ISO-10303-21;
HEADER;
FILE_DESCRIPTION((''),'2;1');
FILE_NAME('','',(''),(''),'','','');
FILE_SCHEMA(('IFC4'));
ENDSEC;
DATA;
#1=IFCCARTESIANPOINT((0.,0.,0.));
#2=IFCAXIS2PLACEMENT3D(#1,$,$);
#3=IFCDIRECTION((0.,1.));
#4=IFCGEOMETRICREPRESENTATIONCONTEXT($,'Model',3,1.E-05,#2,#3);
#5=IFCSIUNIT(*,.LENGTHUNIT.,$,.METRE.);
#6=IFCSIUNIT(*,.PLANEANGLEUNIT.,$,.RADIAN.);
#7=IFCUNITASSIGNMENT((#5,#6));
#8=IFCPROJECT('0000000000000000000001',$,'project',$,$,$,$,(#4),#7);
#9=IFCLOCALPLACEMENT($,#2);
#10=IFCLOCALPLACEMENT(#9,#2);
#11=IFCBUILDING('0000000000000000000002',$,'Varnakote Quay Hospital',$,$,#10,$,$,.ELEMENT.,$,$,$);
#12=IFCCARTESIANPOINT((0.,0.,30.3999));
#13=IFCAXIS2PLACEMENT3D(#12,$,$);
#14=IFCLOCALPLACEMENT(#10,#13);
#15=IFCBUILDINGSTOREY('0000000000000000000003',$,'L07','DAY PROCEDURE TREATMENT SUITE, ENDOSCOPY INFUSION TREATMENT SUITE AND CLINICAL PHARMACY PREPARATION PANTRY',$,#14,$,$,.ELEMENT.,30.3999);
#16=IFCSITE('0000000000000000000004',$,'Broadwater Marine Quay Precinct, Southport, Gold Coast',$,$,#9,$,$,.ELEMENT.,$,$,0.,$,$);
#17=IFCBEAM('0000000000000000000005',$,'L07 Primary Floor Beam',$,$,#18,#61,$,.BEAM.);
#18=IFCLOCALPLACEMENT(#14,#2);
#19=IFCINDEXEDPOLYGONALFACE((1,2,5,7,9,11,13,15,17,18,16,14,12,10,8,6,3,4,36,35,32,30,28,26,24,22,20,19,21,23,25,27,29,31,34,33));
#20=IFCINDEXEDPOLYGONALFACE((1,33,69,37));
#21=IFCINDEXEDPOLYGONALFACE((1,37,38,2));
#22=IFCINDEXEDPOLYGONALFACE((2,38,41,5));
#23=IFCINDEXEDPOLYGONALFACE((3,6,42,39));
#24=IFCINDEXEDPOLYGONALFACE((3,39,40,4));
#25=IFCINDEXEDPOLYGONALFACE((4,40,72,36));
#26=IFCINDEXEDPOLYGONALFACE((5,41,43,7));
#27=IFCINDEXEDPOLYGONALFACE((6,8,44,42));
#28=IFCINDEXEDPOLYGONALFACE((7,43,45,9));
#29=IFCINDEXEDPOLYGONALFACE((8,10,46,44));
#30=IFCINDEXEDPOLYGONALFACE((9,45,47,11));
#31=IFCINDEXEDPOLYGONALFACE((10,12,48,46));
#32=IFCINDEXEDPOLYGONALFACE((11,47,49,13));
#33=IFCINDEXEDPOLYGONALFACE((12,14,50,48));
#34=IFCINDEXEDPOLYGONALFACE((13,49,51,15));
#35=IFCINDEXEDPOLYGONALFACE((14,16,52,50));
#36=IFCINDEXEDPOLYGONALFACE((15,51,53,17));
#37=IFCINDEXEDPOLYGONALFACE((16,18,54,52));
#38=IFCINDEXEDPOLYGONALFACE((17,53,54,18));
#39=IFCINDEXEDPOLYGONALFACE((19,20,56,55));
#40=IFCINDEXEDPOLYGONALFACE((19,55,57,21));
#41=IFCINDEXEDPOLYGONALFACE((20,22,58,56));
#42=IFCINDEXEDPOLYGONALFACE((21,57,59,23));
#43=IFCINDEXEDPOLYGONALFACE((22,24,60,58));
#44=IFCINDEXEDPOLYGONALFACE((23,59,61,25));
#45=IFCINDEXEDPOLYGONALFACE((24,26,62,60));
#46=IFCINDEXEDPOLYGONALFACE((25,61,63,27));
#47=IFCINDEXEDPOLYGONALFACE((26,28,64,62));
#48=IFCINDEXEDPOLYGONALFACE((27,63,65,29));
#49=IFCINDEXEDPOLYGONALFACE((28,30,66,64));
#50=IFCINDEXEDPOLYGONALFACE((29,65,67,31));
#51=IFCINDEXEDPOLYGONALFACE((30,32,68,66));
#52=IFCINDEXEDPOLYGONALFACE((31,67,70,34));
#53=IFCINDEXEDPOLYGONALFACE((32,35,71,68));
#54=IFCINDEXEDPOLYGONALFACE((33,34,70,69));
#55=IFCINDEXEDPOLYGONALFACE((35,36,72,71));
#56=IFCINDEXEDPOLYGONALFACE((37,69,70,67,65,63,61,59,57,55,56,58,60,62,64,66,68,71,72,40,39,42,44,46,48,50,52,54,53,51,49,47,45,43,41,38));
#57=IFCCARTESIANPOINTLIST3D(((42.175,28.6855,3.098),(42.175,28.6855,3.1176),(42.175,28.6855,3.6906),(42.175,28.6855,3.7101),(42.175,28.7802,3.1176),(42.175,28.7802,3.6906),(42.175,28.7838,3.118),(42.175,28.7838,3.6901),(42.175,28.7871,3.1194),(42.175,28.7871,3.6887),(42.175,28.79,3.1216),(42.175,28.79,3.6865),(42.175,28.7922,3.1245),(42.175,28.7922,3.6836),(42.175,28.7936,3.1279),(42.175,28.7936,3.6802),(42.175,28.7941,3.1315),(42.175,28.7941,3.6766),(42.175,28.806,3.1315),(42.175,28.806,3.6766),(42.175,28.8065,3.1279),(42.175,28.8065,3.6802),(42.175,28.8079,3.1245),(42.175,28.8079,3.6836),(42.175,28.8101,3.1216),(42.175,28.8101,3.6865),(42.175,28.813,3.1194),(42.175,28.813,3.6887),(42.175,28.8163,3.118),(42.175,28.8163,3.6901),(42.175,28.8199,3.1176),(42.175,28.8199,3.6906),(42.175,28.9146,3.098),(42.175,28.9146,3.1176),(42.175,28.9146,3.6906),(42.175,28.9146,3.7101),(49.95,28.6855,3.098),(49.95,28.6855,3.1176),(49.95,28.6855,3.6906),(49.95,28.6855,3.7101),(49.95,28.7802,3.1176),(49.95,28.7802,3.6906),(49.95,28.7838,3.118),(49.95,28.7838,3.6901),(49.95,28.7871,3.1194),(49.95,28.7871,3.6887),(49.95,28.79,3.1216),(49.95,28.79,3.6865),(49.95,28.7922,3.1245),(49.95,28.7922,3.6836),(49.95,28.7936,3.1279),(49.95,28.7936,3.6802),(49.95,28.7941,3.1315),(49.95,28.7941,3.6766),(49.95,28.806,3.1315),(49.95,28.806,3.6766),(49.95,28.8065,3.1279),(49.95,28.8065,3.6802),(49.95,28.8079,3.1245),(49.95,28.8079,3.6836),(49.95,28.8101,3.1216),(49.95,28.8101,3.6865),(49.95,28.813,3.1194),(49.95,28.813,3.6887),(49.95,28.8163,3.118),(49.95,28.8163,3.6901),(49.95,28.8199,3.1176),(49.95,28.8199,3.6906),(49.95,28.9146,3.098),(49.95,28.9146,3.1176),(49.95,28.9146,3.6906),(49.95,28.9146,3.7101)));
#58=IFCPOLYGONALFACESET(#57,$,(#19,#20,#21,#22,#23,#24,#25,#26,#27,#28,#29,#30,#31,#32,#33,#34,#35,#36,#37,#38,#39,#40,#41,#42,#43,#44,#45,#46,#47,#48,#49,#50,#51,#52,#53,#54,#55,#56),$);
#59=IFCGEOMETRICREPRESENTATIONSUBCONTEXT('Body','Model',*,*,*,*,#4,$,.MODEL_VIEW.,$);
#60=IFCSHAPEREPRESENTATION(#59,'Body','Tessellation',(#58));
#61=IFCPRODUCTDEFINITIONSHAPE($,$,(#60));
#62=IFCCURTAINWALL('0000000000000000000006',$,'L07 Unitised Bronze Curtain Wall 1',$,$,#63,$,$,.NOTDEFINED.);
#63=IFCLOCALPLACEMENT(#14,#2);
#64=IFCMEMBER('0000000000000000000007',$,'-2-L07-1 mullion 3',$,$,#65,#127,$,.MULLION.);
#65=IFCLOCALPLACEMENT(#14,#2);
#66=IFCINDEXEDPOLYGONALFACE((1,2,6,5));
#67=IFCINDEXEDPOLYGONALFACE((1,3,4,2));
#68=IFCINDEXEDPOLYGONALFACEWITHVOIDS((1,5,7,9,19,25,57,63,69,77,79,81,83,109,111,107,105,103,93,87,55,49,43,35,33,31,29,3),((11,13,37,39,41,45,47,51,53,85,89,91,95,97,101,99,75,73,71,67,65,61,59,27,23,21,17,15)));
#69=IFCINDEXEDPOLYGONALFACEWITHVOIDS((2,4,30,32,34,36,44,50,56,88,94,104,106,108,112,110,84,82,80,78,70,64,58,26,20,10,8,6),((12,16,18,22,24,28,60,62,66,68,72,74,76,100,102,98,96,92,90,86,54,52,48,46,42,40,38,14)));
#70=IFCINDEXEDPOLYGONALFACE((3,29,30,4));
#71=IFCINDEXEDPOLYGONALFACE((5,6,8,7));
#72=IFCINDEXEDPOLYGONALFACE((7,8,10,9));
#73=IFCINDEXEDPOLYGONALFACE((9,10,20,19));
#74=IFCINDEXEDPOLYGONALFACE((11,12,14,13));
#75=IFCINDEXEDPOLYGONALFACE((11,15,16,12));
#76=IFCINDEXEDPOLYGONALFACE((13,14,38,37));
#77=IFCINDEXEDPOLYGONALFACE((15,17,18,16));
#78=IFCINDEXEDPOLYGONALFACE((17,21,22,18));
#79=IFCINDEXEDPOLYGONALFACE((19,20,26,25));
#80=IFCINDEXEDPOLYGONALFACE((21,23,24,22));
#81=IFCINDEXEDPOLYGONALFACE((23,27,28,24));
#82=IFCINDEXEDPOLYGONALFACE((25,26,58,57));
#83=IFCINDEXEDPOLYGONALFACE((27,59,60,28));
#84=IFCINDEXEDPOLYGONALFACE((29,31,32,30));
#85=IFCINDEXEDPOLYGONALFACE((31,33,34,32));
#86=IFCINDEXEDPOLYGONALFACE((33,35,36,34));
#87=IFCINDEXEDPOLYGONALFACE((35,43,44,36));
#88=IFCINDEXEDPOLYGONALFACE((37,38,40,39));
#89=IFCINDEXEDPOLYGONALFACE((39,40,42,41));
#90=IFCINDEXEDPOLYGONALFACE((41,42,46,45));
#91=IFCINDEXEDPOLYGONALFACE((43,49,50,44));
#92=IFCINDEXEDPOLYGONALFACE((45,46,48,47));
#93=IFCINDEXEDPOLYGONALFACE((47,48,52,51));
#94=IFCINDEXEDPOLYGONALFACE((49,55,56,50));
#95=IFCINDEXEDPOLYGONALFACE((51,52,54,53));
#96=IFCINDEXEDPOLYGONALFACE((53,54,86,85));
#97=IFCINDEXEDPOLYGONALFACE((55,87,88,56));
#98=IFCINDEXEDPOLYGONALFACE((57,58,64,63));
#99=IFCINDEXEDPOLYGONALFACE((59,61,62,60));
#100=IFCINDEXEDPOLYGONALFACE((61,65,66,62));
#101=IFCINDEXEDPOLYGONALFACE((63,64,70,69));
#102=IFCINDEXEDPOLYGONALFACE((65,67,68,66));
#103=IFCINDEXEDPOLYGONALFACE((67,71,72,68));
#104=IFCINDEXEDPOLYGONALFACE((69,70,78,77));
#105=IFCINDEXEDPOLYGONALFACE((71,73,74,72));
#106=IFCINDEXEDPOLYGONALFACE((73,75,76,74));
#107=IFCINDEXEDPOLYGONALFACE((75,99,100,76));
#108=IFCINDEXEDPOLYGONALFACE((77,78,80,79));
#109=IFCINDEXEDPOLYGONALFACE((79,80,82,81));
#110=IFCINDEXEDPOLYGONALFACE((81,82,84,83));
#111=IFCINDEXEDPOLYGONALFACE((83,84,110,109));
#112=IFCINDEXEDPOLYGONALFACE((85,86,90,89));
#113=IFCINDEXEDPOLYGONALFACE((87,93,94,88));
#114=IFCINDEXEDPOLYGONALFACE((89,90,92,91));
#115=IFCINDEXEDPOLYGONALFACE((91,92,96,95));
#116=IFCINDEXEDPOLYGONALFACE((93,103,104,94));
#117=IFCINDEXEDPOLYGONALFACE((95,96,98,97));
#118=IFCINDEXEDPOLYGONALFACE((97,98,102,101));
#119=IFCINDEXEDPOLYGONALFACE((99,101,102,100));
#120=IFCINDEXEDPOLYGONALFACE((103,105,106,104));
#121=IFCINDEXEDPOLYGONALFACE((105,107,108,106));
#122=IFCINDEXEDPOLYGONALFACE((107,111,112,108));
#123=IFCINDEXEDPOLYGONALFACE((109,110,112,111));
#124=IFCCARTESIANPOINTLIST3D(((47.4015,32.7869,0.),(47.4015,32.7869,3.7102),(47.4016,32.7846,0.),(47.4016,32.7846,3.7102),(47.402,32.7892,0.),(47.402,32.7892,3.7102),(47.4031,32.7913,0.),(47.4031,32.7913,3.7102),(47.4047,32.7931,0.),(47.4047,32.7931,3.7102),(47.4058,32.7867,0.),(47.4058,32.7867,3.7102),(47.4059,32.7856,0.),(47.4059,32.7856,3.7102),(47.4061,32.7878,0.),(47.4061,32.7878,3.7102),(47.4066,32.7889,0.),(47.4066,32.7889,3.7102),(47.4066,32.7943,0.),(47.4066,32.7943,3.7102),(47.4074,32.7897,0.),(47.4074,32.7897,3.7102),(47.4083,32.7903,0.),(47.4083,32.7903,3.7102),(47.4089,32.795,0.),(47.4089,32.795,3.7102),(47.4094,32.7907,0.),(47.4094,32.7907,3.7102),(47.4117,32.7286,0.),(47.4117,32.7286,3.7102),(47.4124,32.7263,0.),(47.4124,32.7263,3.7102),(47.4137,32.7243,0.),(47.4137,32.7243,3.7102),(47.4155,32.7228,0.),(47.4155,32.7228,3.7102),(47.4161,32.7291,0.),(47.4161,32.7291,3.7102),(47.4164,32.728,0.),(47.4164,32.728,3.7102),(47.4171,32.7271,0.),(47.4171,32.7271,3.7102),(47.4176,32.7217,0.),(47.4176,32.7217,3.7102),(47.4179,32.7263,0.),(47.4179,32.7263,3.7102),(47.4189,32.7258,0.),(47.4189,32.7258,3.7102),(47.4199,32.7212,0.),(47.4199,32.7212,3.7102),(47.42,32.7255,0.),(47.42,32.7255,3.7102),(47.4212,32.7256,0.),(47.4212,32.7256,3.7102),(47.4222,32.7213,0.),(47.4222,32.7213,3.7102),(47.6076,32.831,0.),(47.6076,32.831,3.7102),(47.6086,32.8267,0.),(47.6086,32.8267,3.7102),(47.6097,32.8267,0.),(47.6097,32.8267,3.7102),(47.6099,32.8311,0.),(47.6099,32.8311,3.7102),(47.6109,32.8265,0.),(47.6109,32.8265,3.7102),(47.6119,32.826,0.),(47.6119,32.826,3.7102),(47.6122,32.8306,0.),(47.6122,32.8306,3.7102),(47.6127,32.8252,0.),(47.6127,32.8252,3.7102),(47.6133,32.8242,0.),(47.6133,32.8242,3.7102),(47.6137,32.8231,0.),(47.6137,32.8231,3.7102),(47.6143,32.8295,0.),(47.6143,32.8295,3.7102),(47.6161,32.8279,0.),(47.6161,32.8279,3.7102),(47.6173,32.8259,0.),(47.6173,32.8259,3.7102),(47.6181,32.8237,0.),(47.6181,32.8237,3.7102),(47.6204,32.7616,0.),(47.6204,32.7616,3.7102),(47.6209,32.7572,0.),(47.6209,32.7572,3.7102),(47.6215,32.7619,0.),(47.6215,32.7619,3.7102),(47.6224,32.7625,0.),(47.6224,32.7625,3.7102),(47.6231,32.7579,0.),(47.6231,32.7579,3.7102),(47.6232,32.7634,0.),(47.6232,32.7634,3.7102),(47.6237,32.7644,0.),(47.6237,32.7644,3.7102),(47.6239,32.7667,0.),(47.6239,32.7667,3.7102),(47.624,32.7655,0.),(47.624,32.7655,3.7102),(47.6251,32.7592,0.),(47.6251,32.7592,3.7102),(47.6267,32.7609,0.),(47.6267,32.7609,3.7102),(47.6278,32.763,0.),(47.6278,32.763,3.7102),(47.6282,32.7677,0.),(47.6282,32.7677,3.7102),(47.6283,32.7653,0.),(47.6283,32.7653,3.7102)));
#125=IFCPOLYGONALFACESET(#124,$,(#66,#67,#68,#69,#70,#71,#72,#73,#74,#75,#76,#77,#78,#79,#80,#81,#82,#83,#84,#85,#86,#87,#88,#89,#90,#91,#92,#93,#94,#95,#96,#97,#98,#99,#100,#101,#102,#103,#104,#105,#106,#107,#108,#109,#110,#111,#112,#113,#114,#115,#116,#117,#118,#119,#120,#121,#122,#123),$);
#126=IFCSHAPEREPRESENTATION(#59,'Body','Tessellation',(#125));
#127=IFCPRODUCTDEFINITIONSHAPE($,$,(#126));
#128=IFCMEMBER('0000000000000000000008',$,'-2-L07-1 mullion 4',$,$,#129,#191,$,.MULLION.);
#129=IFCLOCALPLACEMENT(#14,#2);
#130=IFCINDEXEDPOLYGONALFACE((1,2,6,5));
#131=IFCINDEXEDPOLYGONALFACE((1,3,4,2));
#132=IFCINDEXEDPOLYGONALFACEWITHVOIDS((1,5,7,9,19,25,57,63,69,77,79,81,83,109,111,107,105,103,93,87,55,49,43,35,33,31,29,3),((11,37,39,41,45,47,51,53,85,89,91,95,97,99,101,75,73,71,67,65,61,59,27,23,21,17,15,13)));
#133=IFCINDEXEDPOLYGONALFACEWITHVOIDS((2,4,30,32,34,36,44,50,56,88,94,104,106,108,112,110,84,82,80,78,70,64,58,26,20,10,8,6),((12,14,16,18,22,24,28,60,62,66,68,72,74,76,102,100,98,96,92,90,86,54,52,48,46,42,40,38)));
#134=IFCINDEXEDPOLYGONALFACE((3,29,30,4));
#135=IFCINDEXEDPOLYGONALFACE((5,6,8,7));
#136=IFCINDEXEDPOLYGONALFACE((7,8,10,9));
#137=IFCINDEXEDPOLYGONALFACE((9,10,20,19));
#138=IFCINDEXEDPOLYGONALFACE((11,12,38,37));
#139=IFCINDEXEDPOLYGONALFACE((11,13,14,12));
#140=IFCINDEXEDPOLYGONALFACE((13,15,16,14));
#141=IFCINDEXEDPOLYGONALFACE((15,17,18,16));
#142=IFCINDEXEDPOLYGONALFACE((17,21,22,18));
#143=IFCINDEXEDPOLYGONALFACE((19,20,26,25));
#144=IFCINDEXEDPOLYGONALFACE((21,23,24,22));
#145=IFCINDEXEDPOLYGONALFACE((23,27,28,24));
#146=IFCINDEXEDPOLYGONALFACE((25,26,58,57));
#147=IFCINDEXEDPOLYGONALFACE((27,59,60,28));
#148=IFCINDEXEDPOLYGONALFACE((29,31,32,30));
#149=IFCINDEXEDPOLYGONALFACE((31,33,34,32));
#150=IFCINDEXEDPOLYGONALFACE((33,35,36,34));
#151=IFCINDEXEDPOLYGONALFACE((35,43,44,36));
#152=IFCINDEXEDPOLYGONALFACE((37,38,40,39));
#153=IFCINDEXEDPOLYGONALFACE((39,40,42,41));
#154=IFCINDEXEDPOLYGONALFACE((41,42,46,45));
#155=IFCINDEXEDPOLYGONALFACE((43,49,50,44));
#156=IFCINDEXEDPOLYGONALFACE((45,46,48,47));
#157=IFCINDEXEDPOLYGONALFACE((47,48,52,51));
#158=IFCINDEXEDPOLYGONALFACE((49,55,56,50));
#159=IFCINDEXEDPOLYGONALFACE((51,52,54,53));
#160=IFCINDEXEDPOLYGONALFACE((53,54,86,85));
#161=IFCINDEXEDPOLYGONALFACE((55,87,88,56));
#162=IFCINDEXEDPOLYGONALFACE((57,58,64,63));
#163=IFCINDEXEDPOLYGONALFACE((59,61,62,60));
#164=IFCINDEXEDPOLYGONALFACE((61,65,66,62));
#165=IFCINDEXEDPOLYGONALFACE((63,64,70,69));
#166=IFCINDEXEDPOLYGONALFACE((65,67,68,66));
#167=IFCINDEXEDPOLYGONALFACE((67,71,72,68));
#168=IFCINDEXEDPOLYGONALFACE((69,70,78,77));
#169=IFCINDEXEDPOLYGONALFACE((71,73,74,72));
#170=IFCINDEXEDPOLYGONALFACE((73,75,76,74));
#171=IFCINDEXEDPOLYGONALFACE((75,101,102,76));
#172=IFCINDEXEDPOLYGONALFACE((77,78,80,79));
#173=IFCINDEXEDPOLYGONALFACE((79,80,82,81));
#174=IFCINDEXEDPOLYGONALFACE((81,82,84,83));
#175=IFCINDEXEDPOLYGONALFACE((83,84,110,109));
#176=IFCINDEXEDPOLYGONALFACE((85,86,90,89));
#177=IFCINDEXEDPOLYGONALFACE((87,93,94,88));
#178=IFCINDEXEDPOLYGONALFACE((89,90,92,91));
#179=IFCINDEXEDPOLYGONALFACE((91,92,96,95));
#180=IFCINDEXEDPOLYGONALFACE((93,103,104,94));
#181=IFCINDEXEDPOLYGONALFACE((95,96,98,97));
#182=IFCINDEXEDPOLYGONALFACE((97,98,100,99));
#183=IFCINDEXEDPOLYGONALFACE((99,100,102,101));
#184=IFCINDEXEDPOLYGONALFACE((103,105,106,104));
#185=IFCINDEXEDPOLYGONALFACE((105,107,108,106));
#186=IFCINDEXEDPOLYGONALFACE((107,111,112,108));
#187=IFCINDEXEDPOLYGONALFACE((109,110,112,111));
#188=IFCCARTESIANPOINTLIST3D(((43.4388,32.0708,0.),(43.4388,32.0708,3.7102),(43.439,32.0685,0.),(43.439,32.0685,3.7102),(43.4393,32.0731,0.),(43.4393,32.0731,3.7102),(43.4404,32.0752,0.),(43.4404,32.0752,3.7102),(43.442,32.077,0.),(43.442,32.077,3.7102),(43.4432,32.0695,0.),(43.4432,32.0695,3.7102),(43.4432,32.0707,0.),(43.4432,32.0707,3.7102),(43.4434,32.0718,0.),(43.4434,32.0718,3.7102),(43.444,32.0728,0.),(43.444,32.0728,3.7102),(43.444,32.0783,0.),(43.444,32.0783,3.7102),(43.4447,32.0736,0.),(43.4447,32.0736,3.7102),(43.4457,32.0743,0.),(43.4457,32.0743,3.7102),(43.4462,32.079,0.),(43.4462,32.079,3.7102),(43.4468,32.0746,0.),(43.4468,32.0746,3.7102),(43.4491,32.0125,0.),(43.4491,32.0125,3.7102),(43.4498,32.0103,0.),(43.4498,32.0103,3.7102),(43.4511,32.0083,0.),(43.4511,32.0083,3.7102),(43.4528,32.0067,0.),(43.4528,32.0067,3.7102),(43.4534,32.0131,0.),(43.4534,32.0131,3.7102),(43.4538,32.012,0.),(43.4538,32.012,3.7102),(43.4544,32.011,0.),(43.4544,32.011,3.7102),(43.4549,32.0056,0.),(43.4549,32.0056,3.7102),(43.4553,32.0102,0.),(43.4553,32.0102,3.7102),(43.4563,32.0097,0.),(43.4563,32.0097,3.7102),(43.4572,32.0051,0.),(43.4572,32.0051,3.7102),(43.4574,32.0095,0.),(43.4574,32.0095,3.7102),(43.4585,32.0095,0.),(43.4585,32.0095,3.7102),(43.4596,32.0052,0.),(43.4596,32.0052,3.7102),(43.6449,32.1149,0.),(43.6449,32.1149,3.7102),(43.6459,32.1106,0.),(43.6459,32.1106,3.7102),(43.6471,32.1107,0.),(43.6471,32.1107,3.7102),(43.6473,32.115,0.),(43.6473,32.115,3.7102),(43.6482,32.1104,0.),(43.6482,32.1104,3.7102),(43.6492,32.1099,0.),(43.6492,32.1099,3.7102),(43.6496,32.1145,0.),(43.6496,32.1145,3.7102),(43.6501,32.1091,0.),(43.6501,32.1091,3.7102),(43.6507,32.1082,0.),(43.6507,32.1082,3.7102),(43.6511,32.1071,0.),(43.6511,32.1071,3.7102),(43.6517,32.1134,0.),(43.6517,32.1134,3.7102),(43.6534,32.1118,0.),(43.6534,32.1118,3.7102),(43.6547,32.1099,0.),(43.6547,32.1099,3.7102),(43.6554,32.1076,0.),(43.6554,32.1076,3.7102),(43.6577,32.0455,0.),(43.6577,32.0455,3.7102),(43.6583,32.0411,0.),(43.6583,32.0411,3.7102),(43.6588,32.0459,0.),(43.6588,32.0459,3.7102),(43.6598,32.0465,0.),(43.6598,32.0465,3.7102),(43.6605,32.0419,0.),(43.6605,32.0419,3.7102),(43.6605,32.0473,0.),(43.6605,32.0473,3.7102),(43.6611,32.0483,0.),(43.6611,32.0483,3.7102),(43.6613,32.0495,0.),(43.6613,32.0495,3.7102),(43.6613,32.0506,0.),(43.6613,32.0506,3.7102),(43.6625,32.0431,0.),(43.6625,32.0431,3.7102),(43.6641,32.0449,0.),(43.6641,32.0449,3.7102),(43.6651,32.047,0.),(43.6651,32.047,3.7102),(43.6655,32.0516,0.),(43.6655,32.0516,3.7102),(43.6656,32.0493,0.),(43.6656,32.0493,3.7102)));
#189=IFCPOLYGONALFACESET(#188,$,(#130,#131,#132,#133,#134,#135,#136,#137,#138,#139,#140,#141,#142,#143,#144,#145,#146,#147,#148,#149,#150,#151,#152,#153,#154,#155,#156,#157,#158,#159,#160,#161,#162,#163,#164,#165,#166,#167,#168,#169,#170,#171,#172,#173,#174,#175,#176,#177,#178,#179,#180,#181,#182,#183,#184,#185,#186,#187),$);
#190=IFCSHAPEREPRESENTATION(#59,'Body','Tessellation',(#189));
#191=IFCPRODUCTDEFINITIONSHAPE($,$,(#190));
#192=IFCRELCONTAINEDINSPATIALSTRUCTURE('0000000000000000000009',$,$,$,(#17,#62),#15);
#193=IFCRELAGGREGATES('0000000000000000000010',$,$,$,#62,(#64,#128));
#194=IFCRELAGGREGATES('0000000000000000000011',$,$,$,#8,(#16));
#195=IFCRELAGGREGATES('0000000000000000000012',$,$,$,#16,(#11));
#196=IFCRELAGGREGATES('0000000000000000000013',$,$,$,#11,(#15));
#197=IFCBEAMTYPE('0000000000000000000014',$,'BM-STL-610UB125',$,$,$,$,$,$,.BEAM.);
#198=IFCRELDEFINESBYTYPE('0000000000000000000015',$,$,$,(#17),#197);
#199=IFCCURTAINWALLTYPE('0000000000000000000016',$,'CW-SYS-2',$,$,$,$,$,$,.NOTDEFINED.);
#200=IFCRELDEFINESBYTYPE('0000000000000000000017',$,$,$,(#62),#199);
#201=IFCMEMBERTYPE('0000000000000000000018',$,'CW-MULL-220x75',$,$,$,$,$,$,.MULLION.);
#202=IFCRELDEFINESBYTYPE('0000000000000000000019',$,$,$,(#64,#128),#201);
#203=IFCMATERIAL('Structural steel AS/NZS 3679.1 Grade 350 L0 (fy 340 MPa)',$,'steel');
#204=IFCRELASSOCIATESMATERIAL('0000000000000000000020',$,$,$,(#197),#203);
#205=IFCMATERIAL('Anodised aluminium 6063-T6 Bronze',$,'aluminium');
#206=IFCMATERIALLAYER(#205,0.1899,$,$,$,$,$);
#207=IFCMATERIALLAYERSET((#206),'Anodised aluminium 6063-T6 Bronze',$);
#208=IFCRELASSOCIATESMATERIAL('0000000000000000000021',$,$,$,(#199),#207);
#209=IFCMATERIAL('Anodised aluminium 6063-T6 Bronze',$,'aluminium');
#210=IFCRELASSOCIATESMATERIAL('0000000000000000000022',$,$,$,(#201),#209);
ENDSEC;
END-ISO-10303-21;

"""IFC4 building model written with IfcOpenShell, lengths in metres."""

from ifc_helpers import new_model, si_unit, direction, frame, origin, origin_2d, place, context, subcontext, project, spatial, hollow_rectangle, i_section, extrude, material, layer, layer_set, material_profile, profile_set, type_object, element, aggregate, save


model = new_model("IFC4")

# Units and contexts
model_context = context("Model", 3, precision=1e-05, world=origin(), true_north=direction((0.0, 1.0)))
body_context = subcontext(model_context, "Body", "Model", "MODEL_VIEW")
ifc_project = project(units=[si_unit("LENGTHUNIT", "METRE"), si_unit("PLANEANGLEUNIT", "RADIAN")], contexts=[model_context])

# Site, building, storey
site_placement = place(None, origin())
site = spatial("IfcSite", under=ifc_project, at=site_placement, Name="Broadwater Marine Quay Precinct, Southport, Gold Coast", CompositionType="ELEMENT", RefElevation=0.0)
building_placement = place(site_placement, origin())
building = spatial("IfcBuilding", under=site, at=building_placement, Name="Varnakote Quay Hospital", CompositionType="ELEMENT")
storey_placement = place(building_placement, frame((0.0, 0.0, 30.3999)))
storey = spatial("IfcBuildingStorey", under=building, at=storey_placement, Name="L07", Description="DAY PROCEDURE TREATMENT SUITE, ENDOSCOPY INFUSION TREATMENT SUITE AND CLINICAL PHARMACY PREPARATION PANTRY", CompositionType="ELEMENT", Elevation=30.3999)

# Beam
ifc_material_1 = material(Name="Structural steel AS/NZS 3679.1 Grade 350 L0 (fy 340 MPa)", Category="steel")
ifc_material_profile_1 = material_profile(ifc_material_1, i_section(OverallWidth=0.229, OverallDepth=0.6121, WebThickness=0.012, FlangeThickness=0.0195, FilletRadius=0.0139, at=origin_2d()), Name="610UB125")
ifc_profile_set_1 = profile_set([ifc_material_profile_1], Name="Structural steel AS/NZS 3679.1 Grade 350 L0 (fy 340 MPa)")
beam_type_1 = type_object("IfcBeamType", Name="BM-STL-610UB125", PredefinedType="BEAM", material=ifc_profile_set_1)
beam_1_placement = place(storey_placement, frame((42.175, 28.8, 3.4041), z_axis=(1.0, 0.0, 0.0), x_axis=(0.0, 1.0, 0.0)))
element("IfcBeam", 1, at=beam_1_placement, inside=storey, type_object=beam_type_1, Name="L07 Primary Floor Beam", PredefinedType="BEAM", context=body_context, shape_type="SweptSolid", body=[
    extrude(i_section(OverallWidth=0.229, OverallDepth=0.6121, WebThickness=0.012, FlangeThickness=0.0195, FilletRadius=0.0139, at=origin_2d()), origin(), (0.0, 0.0, 1.0), 7.7749),
])

# Curtain wall, members
ifc_material_2 = material(Name="Anodised aluminium 6063-T6 Bronze", Category="aluminium")
ifc_layer_1 = layer(ifc_material_2, 0.1899)
ifc_layer_set_1 = layer_set([ifc_layer_1], Name="Anodised aluminium 6063-T6 Bronze")
curtain_wall_type = type_object("IfcCurtainWallType", Name="CW-SYS-2", PredefinedType="NOTDEFINED", material=ifc_layer_set_1)
curtain_wall_placement = place(storey_placement, origin())
curtain_wall = element("IfcCurtainWall", 2, at=curtain_wall_placement, inside=storey, type_object=curtain_wall_type, Name="L07 Unitised Bronze Curtain Wall 1", PredefinedType="NOTDEFINED")
ifc_material_3 = material(Name="Anodised aluminium 6063-T6 Bronze", Category="aluminium")
ifc_material_profile_2 = material_profile(ifc_material_3, hollow_rectangle(XDim=0.075, YDim=0.22, WallThickness=0.0044, InnerFilletRadius=0.0044, OuterFilletRadius=0.009, at=origin_2d()), Name="CW-MULL-220x75")
ifc_profile_set_2 = profile_set([ifc_material_profile_2], Name="Anodised aluminium 6063-T6 Bronze")
member_type_1 = type_object("IfcMemberType", Name="CW-MULL-220x75", PredefinedType="MULLION", material=ifc_profile_set_2)
member_1_placement = place(storey_placement, frame((47.5149, 32.7761, 0.0), z_axis=(0.0, 0.0, 1.0), x_axis=(0.177846, -0.984058, 0.0)))
member_1 = element("IfcMember", 3, at=member_1_placement, type_object=member_type_1, Name="-2-L07-1 mullion 3", PredefinedType="MULLION", context=body_context, shape_type="SweptSolid", body=[
    extrude(hollow_rectangle(XDim=0.075, YDim=0.22, WallThickness=0.0044, InnerFilletRadius=0.0044, OuterFilletRadius=0.009, at=origin_2d()), origin(), (0.0, 0.0, 1.0), 3.7102),
])
member_2_placement = place(storey_placement, frame((43.5522, 32.0601, 0.0), z_axis=(0.0, 0.0, 1.0), x_axis=(0.177846, -0.984058, 0.0)))
member_2 = element("IfcMember", 4, at=member_2_placement, type_object=member_type_1, Name="-2-L07-1 mullion 4", PredefinedType="MULLION", context=body_context, shape_type="SweptSolid", body=[
    extrude(hollow_rectangle(XDim=0.075, YDim=0.22, WallThickness=0.0044, InnerFilletRadius=0.0044, OuterFilletRadius=0.009, at=origin_2d()), origin(), (0.0, 0.0, 1.0), 3.7102),
])

aggregate(curtain_wall, [member_1, member_2])

save(model, "model.ifc")
